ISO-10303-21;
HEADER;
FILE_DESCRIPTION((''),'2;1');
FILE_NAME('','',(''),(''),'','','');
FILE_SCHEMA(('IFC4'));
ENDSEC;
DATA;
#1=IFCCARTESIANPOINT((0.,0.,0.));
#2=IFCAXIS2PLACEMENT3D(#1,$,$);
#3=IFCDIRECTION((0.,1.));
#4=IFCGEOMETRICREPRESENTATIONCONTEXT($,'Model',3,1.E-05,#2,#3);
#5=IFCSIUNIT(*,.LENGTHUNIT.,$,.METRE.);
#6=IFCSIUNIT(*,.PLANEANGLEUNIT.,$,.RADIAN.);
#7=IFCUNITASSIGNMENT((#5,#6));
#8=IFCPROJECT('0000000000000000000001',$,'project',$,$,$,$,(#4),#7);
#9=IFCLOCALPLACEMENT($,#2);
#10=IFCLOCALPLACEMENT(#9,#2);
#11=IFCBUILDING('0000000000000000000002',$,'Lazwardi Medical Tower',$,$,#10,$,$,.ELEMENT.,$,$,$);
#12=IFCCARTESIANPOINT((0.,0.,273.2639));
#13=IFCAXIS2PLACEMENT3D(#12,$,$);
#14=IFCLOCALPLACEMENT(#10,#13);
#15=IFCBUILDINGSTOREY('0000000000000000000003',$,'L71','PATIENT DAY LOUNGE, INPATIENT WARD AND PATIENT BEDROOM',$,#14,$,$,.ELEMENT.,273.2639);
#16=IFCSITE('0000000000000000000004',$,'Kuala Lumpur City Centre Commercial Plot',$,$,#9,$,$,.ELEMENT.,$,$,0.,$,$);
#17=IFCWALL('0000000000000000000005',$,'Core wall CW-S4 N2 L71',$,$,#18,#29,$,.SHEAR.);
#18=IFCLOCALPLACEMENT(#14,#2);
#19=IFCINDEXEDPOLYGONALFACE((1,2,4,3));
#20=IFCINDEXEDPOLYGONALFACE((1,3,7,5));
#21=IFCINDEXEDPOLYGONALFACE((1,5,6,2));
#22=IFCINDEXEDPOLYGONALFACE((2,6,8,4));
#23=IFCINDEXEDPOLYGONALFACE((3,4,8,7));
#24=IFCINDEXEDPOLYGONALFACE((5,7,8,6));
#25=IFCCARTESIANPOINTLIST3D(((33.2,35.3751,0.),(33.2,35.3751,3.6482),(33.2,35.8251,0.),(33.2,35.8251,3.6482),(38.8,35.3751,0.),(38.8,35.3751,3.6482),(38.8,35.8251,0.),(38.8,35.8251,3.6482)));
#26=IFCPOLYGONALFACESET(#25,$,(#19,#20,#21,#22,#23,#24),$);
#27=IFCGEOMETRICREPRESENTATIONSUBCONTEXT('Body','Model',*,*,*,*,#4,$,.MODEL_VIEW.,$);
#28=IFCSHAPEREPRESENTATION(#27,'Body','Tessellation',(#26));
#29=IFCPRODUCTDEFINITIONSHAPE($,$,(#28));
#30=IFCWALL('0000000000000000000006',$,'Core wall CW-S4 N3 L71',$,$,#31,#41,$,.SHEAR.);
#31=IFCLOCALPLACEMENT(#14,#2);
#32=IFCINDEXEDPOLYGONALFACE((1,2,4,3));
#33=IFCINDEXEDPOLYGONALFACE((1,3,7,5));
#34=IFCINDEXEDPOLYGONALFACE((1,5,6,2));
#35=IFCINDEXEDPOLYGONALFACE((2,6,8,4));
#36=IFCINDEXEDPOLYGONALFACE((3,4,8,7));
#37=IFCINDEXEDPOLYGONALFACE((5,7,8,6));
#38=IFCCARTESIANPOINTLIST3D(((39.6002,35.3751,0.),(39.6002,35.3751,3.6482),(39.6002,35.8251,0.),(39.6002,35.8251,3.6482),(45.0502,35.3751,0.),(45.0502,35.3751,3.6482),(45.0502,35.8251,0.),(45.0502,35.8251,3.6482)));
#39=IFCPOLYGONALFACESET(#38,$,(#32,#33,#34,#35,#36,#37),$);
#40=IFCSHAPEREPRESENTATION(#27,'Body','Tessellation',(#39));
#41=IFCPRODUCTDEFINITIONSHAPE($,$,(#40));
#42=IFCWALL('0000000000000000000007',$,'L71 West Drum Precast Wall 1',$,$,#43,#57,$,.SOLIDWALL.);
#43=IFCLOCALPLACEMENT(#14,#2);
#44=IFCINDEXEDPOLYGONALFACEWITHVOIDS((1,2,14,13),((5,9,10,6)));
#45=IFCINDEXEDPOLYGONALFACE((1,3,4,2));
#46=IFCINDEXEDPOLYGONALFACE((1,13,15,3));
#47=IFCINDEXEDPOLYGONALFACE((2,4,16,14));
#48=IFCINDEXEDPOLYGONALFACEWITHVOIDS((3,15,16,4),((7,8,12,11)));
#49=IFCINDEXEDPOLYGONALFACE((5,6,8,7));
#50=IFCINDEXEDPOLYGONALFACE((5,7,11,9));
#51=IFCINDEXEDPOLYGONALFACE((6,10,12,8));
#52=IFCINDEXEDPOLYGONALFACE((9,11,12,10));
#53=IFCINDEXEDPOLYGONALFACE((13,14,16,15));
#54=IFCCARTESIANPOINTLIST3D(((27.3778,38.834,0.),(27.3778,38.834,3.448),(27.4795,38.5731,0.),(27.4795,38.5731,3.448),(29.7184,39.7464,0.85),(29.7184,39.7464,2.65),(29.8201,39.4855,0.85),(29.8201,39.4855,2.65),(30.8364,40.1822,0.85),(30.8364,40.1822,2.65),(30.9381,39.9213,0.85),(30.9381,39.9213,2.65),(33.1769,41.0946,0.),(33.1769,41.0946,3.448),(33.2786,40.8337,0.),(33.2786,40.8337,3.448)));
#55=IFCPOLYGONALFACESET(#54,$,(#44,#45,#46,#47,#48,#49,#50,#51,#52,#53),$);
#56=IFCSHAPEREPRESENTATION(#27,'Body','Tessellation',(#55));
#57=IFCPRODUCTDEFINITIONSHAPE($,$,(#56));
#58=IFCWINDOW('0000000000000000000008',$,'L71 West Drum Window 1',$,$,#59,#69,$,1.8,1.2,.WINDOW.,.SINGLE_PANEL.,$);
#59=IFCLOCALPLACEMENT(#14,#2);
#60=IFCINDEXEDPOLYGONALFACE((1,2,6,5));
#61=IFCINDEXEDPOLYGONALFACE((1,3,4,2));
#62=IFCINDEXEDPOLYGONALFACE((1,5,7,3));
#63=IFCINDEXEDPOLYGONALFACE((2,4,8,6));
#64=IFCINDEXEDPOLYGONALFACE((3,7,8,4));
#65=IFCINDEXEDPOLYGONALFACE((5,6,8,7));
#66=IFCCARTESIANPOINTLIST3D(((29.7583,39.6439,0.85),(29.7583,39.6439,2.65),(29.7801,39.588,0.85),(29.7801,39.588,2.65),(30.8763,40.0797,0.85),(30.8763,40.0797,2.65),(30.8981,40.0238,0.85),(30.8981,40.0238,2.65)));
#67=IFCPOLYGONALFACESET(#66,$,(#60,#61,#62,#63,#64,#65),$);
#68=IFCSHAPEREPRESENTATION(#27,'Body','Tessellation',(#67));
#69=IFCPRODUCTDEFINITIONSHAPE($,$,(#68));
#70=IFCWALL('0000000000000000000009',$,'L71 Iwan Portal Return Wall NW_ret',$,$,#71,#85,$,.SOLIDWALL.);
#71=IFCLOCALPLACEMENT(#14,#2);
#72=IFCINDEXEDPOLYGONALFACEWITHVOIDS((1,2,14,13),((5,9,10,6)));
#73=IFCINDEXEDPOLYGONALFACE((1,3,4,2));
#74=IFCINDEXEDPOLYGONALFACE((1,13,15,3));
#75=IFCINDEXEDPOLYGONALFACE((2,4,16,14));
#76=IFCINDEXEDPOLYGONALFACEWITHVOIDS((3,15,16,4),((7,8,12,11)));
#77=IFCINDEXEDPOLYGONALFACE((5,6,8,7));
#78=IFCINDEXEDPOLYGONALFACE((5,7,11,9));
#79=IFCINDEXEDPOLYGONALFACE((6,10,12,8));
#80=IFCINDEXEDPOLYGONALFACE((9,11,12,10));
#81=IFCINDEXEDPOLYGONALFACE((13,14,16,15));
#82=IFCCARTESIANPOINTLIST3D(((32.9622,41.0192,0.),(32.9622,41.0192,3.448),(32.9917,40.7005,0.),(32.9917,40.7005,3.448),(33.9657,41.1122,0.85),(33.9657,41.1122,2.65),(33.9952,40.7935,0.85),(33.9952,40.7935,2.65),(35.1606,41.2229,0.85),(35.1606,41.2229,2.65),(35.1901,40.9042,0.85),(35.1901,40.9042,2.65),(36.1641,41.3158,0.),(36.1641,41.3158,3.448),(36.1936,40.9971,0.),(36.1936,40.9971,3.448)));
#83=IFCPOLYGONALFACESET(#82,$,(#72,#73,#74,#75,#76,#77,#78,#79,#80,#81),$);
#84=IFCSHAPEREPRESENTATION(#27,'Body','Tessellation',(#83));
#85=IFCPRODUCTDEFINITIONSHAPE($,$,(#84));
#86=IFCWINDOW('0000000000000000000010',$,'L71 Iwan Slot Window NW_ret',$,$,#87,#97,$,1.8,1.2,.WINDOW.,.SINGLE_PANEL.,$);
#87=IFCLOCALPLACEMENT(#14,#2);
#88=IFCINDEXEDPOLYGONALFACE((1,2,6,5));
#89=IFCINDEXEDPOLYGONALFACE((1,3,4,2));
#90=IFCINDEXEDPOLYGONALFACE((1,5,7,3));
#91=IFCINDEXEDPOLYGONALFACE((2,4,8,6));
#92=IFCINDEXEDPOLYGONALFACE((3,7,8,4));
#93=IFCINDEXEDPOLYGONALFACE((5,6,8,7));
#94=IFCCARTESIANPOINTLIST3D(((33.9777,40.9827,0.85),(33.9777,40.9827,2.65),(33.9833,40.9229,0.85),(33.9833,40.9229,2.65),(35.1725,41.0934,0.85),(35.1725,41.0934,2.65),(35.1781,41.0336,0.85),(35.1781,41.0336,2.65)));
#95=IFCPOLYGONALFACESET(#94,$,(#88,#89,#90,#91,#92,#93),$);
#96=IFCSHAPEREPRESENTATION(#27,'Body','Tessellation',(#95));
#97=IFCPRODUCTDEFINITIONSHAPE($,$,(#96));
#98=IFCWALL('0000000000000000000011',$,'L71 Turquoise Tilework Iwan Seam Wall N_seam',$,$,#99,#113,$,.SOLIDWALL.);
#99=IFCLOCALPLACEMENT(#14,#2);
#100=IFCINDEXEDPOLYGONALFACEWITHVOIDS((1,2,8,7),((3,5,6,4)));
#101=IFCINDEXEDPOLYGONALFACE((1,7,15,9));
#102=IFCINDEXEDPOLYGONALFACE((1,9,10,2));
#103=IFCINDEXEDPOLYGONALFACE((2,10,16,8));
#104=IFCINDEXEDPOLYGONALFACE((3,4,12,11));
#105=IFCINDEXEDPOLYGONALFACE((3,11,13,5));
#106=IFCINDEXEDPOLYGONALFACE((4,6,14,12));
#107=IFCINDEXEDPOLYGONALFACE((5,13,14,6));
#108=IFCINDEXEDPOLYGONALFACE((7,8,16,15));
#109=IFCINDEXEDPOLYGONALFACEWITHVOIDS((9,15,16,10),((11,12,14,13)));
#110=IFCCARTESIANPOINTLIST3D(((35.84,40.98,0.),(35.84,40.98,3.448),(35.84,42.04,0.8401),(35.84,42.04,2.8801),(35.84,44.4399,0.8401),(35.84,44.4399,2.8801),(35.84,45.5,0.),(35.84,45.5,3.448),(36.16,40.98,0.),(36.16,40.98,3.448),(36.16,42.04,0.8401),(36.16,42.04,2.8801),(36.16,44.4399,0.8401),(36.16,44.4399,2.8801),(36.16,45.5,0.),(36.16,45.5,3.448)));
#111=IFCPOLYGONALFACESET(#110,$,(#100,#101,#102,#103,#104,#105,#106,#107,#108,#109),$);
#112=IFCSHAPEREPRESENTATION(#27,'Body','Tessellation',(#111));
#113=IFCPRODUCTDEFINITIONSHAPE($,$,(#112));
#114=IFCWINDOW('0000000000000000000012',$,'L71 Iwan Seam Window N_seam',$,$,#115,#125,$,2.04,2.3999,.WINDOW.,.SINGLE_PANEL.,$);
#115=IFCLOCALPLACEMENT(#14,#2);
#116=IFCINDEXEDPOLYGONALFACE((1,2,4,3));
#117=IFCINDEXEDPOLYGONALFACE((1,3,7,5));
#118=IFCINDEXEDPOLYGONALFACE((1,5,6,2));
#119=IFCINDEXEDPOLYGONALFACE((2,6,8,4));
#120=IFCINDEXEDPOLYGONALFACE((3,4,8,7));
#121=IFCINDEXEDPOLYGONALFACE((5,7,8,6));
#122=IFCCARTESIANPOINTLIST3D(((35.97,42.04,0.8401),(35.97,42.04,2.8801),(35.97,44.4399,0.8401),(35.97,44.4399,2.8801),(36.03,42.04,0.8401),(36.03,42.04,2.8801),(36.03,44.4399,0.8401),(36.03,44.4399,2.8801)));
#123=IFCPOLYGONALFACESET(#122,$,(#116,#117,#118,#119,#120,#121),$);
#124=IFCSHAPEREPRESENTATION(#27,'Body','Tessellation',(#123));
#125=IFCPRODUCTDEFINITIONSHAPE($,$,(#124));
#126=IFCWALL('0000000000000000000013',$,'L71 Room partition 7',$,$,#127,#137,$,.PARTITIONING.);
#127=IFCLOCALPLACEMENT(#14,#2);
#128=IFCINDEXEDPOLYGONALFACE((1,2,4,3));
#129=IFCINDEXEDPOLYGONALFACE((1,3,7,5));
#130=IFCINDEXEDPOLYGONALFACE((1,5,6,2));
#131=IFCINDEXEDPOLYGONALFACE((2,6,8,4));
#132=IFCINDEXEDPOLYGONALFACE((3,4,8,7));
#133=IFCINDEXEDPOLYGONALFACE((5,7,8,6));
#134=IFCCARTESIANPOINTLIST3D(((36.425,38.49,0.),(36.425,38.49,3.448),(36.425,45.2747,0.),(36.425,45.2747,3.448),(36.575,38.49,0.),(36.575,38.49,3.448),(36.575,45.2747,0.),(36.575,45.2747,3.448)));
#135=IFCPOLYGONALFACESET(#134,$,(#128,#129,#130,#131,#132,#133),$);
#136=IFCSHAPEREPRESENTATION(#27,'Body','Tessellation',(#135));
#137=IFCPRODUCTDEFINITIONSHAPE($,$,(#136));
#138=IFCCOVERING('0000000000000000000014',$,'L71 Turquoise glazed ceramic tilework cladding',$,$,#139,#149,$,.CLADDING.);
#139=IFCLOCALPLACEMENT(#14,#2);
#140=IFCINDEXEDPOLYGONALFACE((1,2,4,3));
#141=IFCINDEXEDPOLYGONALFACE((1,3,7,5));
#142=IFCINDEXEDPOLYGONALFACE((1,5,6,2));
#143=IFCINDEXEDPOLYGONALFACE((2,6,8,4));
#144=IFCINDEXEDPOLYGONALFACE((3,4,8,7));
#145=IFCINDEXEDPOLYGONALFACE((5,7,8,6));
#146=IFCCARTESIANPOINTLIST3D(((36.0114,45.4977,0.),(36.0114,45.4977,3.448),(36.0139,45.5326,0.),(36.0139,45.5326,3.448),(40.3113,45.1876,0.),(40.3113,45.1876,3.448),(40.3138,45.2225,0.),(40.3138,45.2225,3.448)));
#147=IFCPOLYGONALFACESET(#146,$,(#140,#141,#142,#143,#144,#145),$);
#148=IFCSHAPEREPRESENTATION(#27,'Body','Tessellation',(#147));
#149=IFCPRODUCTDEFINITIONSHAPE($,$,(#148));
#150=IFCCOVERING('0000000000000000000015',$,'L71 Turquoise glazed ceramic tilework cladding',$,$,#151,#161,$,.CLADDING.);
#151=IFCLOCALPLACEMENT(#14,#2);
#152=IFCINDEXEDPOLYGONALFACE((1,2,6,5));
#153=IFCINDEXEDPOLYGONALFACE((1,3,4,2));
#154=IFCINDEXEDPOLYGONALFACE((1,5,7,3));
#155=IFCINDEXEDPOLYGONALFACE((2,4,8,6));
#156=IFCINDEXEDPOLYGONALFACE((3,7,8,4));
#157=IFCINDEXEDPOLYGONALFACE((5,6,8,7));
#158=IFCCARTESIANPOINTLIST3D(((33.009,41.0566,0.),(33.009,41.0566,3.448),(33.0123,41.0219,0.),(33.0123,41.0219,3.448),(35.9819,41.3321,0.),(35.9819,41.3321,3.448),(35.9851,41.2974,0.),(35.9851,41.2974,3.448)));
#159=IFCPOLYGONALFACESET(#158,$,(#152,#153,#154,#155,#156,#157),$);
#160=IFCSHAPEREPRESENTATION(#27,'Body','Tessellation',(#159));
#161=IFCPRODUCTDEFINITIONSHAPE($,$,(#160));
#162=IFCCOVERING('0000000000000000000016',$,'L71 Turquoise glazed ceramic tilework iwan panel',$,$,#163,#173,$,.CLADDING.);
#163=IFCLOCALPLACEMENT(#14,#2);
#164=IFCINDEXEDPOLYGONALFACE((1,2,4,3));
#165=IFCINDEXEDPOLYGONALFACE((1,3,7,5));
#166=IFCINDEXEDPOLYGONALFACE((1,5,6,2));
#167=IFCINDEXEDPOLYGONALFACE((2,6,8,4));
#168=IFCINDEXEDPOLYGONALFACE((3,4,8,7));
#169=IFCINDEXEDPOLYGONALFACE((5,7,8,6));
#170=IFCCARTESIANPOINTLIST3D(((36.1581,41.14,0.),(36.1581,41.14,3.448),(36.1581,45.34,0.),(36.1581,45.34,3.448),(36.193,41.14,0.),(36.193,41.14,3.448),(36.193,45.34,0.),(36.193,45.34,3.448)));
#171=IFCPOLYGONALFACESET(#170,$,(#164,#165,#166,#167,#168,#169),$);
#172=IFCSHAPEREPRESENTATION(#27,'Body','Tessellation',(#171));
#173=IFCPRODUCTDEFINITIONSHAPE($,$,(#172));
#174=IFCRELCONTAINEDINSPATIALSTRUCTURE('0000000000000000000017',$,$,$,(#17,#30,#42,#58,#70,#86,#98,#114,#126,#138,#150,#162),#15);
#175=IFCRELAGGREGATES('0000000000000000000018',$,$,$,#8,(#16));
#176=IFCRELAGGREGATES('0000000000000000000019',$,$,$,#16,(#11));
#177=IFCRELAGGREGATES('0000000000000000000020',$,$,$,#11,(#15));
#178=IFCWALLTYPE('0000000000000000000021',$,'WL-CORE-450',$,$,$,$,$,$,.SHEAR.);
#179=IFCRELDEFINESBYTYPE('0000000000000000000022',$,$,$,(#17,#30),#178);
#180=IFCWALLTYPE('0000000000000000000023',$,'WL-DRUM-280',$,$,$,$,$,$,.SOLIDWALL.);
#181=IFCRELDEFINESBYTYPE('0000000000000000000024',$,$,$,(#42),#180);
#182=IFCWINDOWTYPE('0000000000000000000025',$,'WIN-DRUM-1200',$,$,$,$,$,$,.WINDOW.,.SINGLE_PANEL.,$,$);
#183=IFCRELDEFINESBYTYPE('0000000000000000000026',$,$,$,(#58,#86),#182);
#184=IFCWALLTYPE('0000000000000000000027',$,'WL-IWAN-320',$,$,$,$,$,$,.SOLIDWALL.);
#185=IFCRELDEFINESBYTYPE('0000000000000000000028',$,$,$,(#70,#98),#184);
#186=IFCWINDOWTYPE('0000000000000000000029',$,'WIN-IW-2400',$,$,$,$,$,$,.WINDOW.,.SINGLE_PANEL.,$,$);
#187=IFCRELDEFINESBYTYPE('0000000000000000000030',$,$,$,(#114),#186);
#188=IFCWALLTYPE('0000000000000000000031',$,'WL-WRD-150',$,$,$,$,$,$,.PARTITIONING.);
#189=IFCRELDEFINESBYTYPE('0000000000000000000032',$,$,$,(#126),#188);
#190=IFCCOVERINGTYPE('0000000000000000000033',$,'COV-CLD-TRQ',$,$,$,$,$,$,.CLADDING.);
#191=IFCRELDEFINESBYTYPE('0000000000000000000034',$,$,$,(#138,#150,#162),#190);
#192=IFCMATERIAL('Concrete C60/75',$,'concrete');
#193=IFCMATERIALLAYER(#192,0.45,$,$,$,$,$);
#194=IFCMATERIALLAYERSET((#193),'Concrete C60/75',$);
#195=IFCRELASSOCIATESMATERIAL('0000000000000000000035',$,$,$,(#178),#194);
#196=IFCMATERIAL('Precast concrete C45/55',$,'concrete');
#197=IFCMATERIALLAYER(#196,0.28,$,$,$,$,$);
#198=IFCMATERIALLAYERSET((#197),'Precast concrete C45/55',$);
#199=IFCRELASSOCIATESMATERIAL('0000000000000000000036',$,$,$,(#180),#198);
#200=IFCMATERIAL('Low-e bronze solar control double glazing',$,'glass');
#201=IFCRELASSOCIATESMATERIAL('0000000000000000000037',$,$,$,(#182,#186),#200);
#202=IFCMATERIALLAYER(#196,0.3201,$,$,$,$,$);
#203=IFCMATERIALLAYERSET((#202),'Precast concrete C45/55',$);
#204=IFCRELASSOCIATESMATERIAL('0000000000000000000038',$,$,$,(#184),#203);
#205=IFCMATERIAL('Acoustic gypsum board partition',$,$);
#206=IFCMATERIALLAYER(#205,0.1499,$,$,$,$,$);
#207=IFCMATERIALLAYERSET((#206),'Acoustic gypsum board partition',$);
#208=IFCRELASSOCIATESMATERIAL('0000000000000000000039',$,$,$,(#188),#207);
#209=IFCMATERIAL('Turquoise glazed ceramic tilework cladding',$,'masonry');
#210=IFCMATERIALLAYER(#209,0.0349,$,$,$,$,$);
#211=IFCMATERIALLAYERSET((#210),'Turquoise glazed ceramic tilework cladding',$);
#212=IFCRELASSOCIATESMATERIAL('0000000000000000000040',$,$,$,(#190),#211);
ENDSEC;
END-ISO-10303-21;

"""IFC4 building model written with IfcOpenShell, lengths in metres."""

from ifc_helpers import new_model, si_unit, direction, frame, frame_2d, origin, origin_2d, place, context, subcontext, project, spatial, rectangle, extrude, material, layer, layer_set, type_object, element, fill, save


model = new_model("IFC4")

# Units and contexts
model_context = context("Model", 3, precision=1e-05, world=origin(), true_north=direction((0.0, 1.0)))
body_context = subcontext(model_context, "Body", "Model", "MODEL_VIEW")
ifc_project = project(units=[si_unit("LENGTHUNIT", "METRE"), si_unit("PLANEANGLEUNIT", "RADIAN")], contexts=[model_context])

# Site, building, storey
site_placement = place(None, origin())
site = spatial("IfcSite", under=ifc_project, at=site_placement, Name="Kuala Lumpur City Centre Commercial Plot", CompositionType="ELEMENT", RefElevation=0.0)
building_placement = place(site_placement, origin())
building = spatial("IfcBuilding", under=site, at=building_placement, Name="Lazwardi Medical Tower", CompositionType="ELEMENT")
storey_placement = place(building_placement, frame((0.0, 0.0, 273.2639)))
storey = spatial("IfcBuildingStorey", under=building, at=storey_placement, Name="L71", Description="PATIENT DAY LOUNGE, INPATIENT WARD AND PATIENT BEDROOM", CompositionType="ELEMENT", Elevation=273.2639)

# Shared definitions
ifc_material_1 = material(Name="Concrete C60/75", Category="concrete")

# Walls
ifc_layer_1 = layer(ifc_material_1, 0.45)
ifc_layer_set_1 = layer_set([ifc_layer_1], Name="Concrete C60/75")
wall_type_1 = type_object("IfcWallType", Name="WL-CORE-450", PredefinedType="SHEAR", material=ifc_layer_set_1)
wall_1_placement = place(storey_placement, frame((33.2, 35.6001, 0.0), z_axis=(0.0, 0.0, 1.0), x_axis=(1.0, 0.0, 0.0)))
element("IfcWall", 1, at=wall_1_placement, inside=storey, type_object=wall_type_1, Name="Core wall CW-S4 N2 L71", PredefinedType="SHEAR", context=body_context, shape_type="SweptSolid", body=[
    extrude(rectangle(XDim=5.6001, YDim=0.45, at=frame_2d((2.8, 0.0))), origin(), (0.0, 0.0, 1.0), 3.6482),
])
wall_2_placement = place(storey_placement, frame((39.6001, 35.6001, 0.0), z_axis=(0.0, 0.0, 1.0), x_axis=(1.0, 0.0, 0.0)))
element("IfcWall", 2, at=wall_2_placement, inside=storey, type_object=wall_type_1, Name="Core wall CW-S4 N3 L71", PredefinedType="SHEAR", context=body_context, shape_type="SweptSolid", body=[
    extrude(rectangle(XDim=5.45, YDim=0.45, at=frame_2d((2.7251, 0.0))), origin(), (0.0, 0.0, 1.0), 3.6482),
])

# Walls, openings, windows
ifc_material_2 = material(Name="Precast concrete C45/55", Category="concrete")
ifc_layer_2 = layer(ifc_material_2, 0.28)
ifc_layer_set_2 = layer_set([ifc_layer_2], Name="Precast concrete C45/55")
wall_type_2 = type_object("IfcWallType", Name="WL-DRUM-280", PredefinedType="SOLIDWALL", material=ifc_layer_set_2)
wall_3_placement = place(storey_placement, frame((33.2278, 40.9641, 0.0), z_axis=(0.0, 0.0, 1.0), x_axis=(-0.931717, -0.363186, 0.0)))
wall_3 = element("IfcWall", 3, at=wall_3_placement, inside=storey, type_object=wall_type_2, Name="L71 West Drum Precast Wall 1", PredefinedType="SOLIDWALL", context=body_context, shape_type="SweptSolid", body=[
    extrude(rectangle(XDim=6.2241, YDim=0.28, at=frame_2d((3.1121, 0.0))), origin(), (0.0, 0.0, 1.0), 3.448),
])
opening_1_placement = place(wall_3_placement, frame((2.512, 0.0, 0.8501)))
opening_1 = element("IfcOpeningElement", 4, at=opening_1_placement, cuts=wall_3, PredefinedType="OPENING", context=body_context, shape_type="SweptSolid", body=[
    extrude(rectangle(XDim=1.2, YDim=1.8, at=frame_2d((0.6001, 0.8999))), frame((0.0, 0.1499, 0.0), z_axis=(0.0, -1.0, 0.0), x_axis=(1.0, 0.0, 0.0)), (0.0, 0.0, 1.0), 0.3),
])
ifc_material_3 = material(Name="Low-e bronze solar control double glazing", Category="glass")
window_type_1 = type_object("IfcWindowType", Name="WIN-DRUM-1200", PartitioningType="SINGLE_PANEL", PredefinedType="WINDOW", material=ifc_material_3)
window_1_placement = place(opening_1_placement, origin())
window_1 = element("IfcWindow", 5, at=window_1_placement, inside=storey, type_object=window_type_1, Name="L71 West Drum Window 1", OverallHeight=1.8, OverallWidth=1.2, PartitioningType="SINGLE_PANEL", PredefinedType="WINDOW", context=body_context, shape_type="SweptSolid", body=[
    extrude(rectangle(XDim=1.2, YDim=1.8, at=frame_2d((0.6001, 0.8999))), frame((0.0, 0.03, 0.0), z_axis=(0.0, -1.0, 0.0), x_axis=(1.0, 0.0, 0.0)), (0.0, 0.0, 1.0), 0.0601),
])
fill(opening_1, window_1)
ifc_layer_3 = layer(ifc_material_2, 0.3201)
ifc_layer_set_3 = layer_set([ifc_layer_3], Name="Precast concrete C45/55")
wall_type_3 = type_object("IfcWallType", Name="WL-IWAN-320", PredefinedType="SOLIDWALL", material=ifc_layer_set_3)
wall_4_placement = place(storey_placement, frame((36.179, 41.1565, 0.0), z_axis=(0.0, 0.0, 1.0), x_axis=(-0.995736, -0.092247, 0.0)))
wall_4 = element("IfcWall", 6, at=wall_4_placement, inside=storey, type_object=wall_type_3, Name="L71 Iwan Portal Return Wall NW_ret", PredefinedType="SOLIDWALL", context=body_context, shape_type="SweptSolid", body=[
    extrude(rectangle(XDim=3.2156, YDim=0.3201, at=frame_2d((1.6079, 0.0))), origin(), (0.0, 0.0, 1.0), 3.448),
])
opening_2_placement = place(wall_4_placement, frame((1.0078, 0.0, 0.8501)))
opening_2 = element("IfcOpeningElement", 7, at=opening_2_placement, cuts=wall_4, PredefinedType="OPENING", context=body_context, shape_type="SweptSolid", body=[
    extrude(rectangle(XDim=1.2, YDim=1.8, at=frame_2d((0.6001, 0.8999))), frame((0.0, 0.1699, 0.0), z_axis=(0.0, -1.0, 0.0), x_axis=(1.0, 0.0, 0.0)), (0.0, 0.0, 1.0), 0.3401),
])
window_2_placement = place(opening_2_placement, origin())
window_2 = element("IfcWindow", 8, at=window_2_placement, inside=storey, type_object=window_type_1, Name="L71 Iwan Slot Window NW_ret", OverallHeight=1.8, OverallWidth=1.2, PartitioningType="SINGLE_PANEL", PredefinedType="WINDOW", context=body_context, shape_type="SweptSolid", body=[
    extrude(rectangle(XDim=1.2, YDim=1.8, at=frame_2d((0.6001, 0.8999))), frame((0.0, 0.03, 0.0), z_axis=(0.0, -1.0, 0.0), x_axis=(1.0, 0.0, 0.0)), (0.0, 0.0, 1.0), 0.0601),
])
fill(opening_2, window_2)
wall_5_placement = place(storey_placement, frame((36.0, 45.5, 0.0), z_axis=(0.0, 0.0, 1.0), x_axis=(0.0, -1.0, 0.0)))
wall_5 = element("IfcWall", 9, at=wall_5_placement, inside=storey, type_object=wall_type_3, Name="L71 Turquoise Tilework Iwan Seam Wall N_seam", PredefinedType="SOLIDWALL", context=body_context, shape_type="SweptSolid", body=[
    extrude(rectangle(XDim=4.52, YDim=0.3201, at=frame_2d((2.26, 0.0))), origin(), (0.0, 0.0, 1.0), 3.448),
])
opening_3_placement = place(wall_5_placement, frame((1.0601, 0.0, 0.8401)))
opening_3 = element("IfcOpeningElement", 10, at=opening_3_placement, cuts=wall_5, PredefinedType="OPENING", context=body_context, shape_type="SweptSolid", body=[
    extrude(rectangle(XDim=2.3999, YDim=2.04, at=frame_2d((1.2, 1.02))), frame((0.0, 0.1699, 0.0), z_axis=(0.0, -1.0, 0.0), x_axis=(1.0, 0.0, 0.0)), (0.0, 0.0, 1.0), 0.3401),
])
window_type_2 = type_object("IfcWindowType", Name="WIN-IW-2400", PartitioningType="SINGLE_PANEL", PredefinedType="WINDOW", material=ifc_material_3)
window_3_placement = place(opening_3_placement, origin())
window_3 = element("IfcWindow", 11, at=window_3_placement, inside=storey, type_object=window_type_2, Name="L71 Iwan Seam Window N_seam", OverallHeight=2.04, OverallWidth=2.3999, PartitioningType="SINGLE_PANEL", PredefinedType="WINDOW", context=body_context, shape_type="SweptSolid", body=[
    extrude(rectangle(XDim=2.3999, YDim=2.04, at=frame_2d((1.2, 1.02))), frame((0.0, 0.03, 0.0), z_axis=(0.0, -1.0, 0.0), x_axis=(1.0, 0.0, 0.0)), (0.0, 0.0, 1.0), 0.0601),
])
fill(opening_3, window_3)

# Wall
ifc_material_4 = material(Name="Acoustic gypsum board partition")
ifc_layer_4 = layer(ifc_material_4, 0.1499)
ifc_layer_set_4 = layer_set([ifc_layer_4], Name="Acoustic gypsum board partition")
wall_type_4 = type_object("IfcWallType", Name="WL-WRD-150", PredefinedType="PARTITIONING", material=ifc_layer_set_4)
wall_6_placement = place(storey_placement, frame((36.5, 38.49, 0.0), z_axis=(0.0, 0.0, 1.0), x_axis=(0.0, 1.0, 0.0)))
element("IfcWall", 12, at=wall_6_placement, inside=storey, type_object=wall_type_4, Name="L71 Room partition 7", PredefinedType="PARTITIONING", context=body_context, shape_type="SweptSolid", body=[
    extrude(rectangle(XDim=6.7847, YDim=0.1499, at=frame_2d((3.3923, 0.0))), origin(), (0.0, 0.0, 1.0), 3.448),
])

# Coverings
ifc_material_5 = material(Name="Turquoise glazed ceramic tilework cladding", Category="masonry")
ifc_layer_5 = layer(ifc_material_5, 0.0349)
ifc_layer_set_5 = layer_set([ifc_layer_5], Name="Turquoise glazed ceramic tilework cladding")
covering_type = type_object("IfcCoveringType", Name="COV-CLD-TRQ", PredefinedType="CLADDING", material=ifc_layer_set_5)
covering_1_placement = place(storey_placement, frame((38.1626, 45.3601, 0.0), z_axis=(0.0, 0.0, 1.0), x_axis=(-0.997409, 0.071933, 0.0)))
element("IfcCovering", 13, at=covering_1_placement, inside=storey, type_object=covering_type, Name="L71 Turquoise glazed ceramic tilework cladding", PredefinedType="CLADDING", context=body_context, shape_type="SweptSolid", body=[
    extrude(rectangle(XDim=4.311, YDim=0.0349, at=origin_2d()), origin(), (0.0, 0.0, 1.0), 3.448),
])
covering_2_placement = place(storey_placement, frame((34.4971, 41.177, 0.0), z_axis=(0.0, 0.0, 1.0), x_axis=(-0.995734, -0.092275, 0.0)))
element("IfcCovering", 14, at=covering_2_placement, inside=storey, type_object=covering_type, Name="L71 Turquoise glazed ceramic tilework cladding", PredefinedType="CLADDING", context=body_context, shape_type="SweptSolid", body=[
    extrude(rectangle(XDim=2.9856, YDim=0.0349, at=origin_2d()), origin(), (0.0, 0.0, 1.0), 3.448),
])
covering_3_placement = place(storey_placement, frame((36.1755, 43.24, 0.0), z_axis=(0.0, 0.0, 1.0), x_axis=(0.0, -1.0, 0.0)))
element("IfcCovering", 15, at=covering_3_placement, inside=storey, type_object=covering_type, Name="L71 Turquoise glazed ceramic tilework iwan panel", PredefinedType="CLADDING", context=body_context, shape_type="SweptSolid", body=[
    extrude(rectangle(XDim=4.2, YDim=0.0349, at=origin_2d()), origin(), (0.0, 0.0, 1.0), 3.448),
])

save(model, "model.ifc")
